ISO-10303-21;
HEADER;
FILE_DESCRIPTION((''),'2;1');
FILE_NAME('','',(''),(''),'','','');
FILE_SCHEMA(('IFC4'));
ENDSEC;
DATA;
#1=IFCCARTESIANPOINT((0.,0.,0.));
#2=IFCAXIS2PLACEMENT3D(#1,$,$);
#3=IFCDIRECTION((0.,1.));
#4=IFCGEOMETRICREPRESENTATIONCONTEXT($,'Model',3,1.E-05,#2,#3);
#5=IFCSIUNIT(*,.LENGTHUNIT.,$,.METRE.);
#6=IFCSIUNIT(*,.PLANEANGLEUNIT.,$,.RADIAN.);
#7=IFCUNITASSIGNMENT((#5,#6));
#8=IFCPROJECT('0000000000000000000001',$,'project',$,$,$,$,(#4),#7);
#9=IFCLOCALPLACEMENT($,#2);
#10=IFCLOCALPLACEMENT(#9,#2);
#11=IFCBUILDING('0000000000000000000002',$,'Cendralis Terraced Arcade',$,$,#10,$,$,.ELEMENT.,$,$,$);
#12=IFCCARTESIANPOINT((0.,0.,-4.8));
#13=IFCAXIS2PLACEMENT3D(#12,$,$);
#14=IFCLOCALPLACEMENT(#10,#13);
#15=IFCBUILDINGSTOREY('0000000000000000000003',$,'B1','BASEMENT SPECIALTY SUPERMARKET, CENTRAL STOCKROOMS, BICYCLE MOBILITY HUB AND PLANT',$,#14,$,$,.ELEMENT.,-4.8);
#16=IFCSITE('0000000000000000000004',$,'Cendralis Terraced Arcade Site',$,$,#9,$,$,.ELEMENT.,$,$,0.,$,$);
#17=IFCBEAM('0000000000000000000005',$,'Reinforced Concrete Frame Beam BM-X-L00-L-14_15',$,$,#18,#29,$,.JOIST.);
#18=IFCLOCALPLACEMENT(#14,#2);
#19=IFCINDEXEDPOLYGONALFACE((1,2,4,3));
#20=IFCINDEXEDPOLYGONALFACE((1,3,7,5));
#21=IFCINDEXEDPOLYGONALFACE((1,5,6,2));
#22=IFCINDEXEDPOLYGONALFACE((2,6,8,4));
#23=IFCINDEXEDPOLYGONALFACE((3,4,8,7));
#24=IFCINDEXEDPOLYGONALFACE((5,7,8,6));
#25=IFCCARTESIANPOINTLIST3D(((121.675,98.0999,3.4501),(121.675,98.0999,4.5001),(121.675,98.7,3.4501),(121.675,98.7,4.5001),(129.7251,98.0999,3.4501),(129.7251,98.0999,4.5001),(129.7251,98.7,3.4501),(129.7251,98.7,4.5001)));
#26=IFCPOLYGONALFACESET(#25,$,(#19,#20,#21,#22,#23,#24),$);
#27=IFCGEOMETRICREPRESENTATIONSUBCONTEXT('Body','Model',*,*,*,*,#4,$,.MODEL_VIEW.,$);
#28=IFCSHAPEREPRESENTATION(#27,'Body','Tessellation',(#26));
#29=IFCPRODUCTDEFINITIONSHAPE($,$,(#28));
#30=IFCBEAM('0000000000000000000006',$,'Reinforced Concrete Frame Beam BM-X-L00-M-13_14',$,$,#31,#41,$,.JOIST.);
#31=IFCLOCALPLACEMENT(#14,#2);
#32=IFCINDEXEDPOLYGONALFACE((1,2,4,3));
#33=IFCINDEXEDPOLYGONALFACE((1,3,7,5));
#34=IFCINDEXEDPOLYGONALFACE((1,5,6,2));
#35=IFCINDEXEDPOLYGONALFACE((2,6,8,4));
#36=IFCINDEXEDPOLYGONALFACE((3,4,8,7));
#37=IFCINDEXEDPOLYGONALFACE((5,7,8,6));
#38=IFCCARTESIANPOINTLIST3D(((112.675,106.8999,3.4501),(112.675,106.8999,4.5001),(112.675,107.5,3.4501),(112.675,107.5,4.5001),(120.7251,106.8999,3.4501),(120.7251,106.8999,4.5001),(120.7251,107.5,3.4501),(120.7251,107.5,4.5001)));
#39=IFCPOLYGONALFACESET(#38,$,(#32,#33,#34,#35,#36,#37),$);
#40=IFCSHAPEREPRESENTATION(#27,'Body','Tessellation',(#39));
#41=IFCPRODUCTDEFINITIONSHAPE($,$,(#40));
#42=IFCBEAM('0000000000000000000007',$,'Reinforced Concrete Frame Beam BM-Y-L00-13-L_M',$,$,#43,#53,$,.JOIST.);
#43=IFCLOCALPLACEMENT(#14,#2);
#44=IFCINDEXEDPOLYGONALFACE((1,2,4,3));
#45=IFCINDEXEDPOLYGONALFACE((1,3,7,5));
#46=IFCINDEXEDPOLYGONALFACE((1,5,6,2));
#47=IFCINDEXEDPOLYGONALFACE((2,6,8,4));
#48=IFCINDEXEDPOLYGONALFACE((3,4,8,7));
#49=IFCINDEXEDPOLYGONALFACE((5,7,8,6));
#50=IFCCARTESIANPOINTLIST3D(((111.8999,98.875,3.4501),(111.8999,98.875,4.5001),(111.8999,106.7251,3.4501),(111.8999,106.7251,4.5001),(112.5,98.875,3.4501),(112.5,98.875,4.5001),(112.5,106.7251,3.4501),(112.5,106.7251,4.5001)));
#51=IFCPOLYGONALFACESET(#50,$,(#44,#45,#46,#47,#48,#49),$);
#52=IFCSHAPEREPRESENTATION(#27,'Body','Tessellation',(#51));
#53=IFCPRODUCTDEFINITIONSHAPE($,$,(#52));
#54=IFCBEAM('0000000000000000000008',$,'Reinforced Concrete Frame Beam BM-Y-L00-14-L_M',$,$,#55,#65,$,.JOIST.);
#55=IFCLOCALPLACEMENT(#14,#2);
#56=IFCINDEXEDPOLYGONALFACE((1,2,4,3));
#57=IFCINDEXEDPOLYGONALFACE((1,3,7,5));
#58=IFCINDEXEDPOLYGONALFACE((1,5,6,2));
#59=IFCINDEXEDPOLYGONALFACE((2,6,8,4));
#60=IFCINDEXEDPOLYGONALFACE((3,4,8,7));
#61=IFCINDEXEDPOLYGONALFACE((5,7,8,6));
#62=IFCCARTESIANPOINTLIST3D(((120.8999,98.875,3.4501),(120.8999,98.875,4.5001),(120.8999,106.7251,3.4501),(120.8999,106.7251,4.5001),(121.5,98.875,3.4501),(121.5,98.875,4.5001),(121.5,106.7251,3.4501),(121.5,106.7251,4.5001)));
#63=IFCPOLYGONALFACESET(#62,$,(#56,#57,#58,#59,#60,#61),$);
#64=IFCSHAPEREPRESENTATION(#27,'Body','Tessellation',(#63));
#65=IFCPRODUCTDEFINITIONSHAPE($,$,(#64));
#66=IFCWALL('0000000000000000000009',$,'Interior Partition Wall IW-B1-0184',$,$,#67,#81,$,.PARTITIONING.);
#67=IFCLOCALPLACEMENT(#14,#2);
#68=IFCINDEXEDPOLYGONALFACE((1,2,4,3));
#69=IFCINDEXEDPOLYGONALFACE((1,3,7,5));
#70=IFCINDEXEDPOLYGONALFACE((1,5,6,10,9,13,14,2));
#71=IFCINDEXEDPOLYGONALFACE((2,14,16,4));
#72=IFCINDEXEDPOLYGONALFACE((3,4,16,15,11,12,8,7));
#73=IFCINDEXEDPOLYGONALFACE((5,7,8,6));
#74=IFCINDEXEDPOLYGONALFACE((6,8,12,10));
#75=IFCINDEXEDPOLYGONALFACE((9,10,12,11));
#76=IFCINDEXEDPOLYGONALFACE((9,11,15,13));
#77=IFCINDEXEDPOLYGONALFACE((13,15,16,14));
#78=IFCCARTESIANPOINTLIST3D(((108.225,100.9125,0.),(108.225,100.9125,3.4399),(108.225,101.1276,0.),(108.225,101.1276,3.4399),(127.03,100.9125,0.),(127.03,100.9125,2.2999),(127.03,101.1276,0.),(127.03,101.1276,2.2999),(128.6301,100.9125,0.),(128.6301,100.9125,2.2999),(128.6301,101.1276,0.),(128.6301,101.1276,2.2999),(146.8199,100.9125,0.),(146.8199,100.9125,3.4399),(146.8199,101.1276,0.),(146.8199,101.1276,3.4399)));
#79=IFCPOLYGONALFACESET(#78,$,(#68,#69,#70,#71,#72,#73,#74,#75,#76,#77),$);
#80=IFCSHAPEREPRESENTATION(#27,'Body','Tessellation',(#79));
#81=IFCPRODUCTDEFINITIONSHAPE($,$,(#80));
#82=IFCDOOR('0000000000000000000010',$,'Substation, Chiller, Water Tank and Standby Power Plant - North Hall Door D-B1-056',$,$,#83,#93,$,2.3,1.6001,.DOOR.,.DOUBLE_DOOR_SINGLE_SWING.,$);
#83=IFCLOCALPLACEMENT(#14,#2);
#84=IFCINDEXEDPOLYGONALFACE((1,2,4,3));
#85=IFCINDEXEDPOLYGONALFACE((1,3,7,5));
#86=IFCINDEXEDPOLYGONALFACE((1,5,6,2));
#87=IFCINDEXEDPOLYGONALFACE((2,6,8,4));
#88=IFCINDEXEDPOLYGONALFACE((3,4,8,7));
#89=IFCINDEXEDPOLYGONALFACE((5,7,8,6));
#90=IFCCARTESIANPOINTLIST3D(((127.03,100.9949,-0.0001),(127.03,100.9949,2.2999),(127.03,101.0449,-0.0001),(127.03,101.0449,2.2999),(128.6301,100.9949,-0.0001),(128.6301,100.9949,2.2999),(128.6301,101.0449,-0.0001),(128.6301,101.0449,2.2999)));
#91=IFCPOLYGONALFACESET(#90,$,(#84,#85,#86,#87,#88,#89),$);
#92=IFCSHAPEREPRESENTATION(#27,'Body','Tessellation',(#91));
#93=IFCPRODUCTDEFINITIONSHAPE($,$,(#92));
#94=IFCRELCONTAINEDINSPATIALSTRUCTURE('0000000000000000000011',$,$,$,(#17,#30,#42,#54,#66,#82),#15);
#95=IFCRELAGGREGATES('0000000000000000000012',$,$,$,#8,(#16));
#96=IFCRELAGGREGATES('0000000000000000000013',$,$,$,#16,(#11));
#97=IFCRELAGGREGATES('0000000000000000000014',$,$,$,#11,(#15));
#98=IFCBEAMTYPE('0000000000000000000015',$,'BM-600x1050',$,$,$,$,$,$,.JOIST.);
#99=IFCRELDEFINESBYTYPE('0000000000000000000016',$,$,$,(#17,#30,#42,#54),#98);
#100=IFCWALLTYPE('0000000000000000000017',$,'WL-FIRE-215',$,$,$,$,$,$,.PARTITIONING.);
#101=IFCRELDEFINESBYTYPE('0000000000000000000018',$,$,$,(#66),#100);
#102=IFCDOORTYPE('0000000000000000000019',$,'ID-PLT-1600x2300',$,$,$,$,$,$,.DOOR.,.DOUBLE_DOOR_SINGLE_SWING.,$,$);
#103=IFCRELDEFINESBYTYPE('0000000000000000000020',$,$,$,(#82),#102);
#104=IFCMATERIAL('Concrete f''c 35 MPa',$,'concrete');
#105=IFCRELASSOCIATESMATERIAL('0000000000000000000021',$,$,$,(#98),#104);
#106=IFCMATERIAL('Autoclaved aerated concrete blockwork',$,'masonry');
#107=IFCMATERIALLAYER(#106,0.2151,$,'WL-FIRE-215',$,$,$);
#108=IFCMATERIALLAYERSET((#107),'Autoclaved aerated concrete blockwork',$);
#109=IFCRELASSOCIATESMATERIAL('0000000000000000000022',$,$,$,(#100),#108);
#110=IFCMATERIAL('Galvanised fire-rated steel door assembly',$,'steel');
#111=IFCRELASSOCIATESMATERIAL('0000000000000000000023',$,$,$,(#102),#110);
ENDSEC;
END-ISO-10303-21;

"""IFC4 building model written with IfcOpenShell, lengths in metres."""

from ifc_helpers import new_model, si_unit, direction, frame, frame_2d, origin, origin_2d, place, context, subcontext, project, spatial, rectangle, extrude, material, layer, layer_set, material_profile, profile_set, type_object, element, fill, save


model = new_model("IFC4")

# Units and contexts
model_context = context("Model", 3, precision=1e-05, world=origin(), true_north=direction((0.0, 1.0)))
body_context = subcontext(model_context, "Body", "Model", "MODEL_VIEW")
ifc_project = project(units=[si_unit("LENGTHUNIT", "METRE"), si_unit("PLANEANGLEUNIT", "RADIAN")], contexts=[model_context])

# Site, building, storey
site_placement = place(None, origin())
site = spatial("IfcSite", under=ifc_project, at=site_placement, Name="Cendralis Terraced Arcade Site", CompositionType="ELEMENT", RefElevation=0.0)
building_placement = place(site_placement, origin())
building = spatial("IfcBuilding", under=site, at=building_placement, Name="Cendralis Terraced Arcade", CompositionType="ELEMENT")
storey_placement = place(building_placement, frame((0.0, 0.0, -4.8)))
storey = spatial("IfcBuildingStorey", under=building, at=storey_placement, Name="B1", Description="BASEMENT SPECIALTY SUPERMARKET, CENTRAL STOCKROOMS, BICYCLE MOBILITY HUB AND PLANT", CompositionType="ELEMENT", Elevation=-4.8)

# Shared definitions
ifc_material_1 = material(Name="Concrete f'c 35 MPa", Category="concrete")

# Beams
ifc_material_profile_1 = material_profile(ifc_material_1, rectangle(XDim=0.6001, YDim=1.05, at=origin_2d()), Name="RC-BM-600x1050", Category="LoadBearing")
ifc_profile_set_1 = profile_set([ifc_material_profile_1], Name="Concrete f'c 35 MPa")
beam_type = type_object("IfcBeamType", Name="BM-600x1050", PredefinedType="JOIST", material=ifc_profile_set_1)
for number, where, z_axis, x_axis, name in (
    (1, (121.675, 98.3999, 3.9751), (1.0, 0.0, 0.0), (0.0, 1.0, 0.0), "Reinforced Concrete Frame Beam BM-X-L00-L-14_15"),
    (2, (112.675, 107.2, 3.9751), (1.0, 0.0, 0.0), (0.0, 1.0, 0.0), "Reinforced Concrete Frame Beam BM-X-L00-M-13_14"),
):
    element("IfcBeam", number, at=place(storey_placement, frame(where, z_axis=z_axis, x_axis=x_axis)), inside=storey, type_object=beam_type, Name=name, PredefinedType="JOIST", context=body_context, shape_type="SweptSolid", body=[
        extrude(rectangle(XDim=0.6001, YDim=1.05, at=origin_2d()), origin(), (0.0, 0.0, 1.0), 8.05),
    ])
for number, where, z_axis, x_axis, name in (
    (3, (112.2, 98.875, 3.9751), (0.0, 1.0, 0.0), (-1.0, 0.0, 0.0), "Reinforced Concrete Frame Beam BM-Y-L00-13-L_M"),
    (4, (121.2, 98.875, 3.9751), (0.0, 1.0, 0.0), (-1.0, 0.0, 0.0), "Reinforced Concrete Frame Beam BM-Y-L00-14-L_M"),
):
    element("IfcBeam", number, at=place(storey_placement, frame(where, z_axis=z_axis, x_axis=x_axis)), inside=storey, type_object=beam_type, Name=name, PredefinedType="JOIST", context=body_context, shape_type="SweptSolid", body=[
        extrude(rectangle(XDim=0.6001, YDim=1.05, at=origin_2d()), origin(), (0.0, 0.0, 1.0), 7.8501),
    ])

# Wall, opening, door
ifc_material_2 = material(Name="Autoclaved aerated concrete blockwork", Category="masonry")
ifc_layer = layer(ifc_material_2, 0.2151, Name="WL-FIRE-215")
ifc_layer_set = layer_set([ifc_layer], Name="Autoclaved aerated concrete blockwork")
wall_type = type_object("IfcWallType", Name="WL-FIRE-215", PredefinedType="PARTITIONING", material=ifc_layer_set)
wall_placement = place(storey_placement, frame((108.2251, 101.02, 0.0), z_axis=(0.0, 0.0, 1.0), x_axis=(1.0, 0.0, 0.0)))
wall = element("IfcWall", 5, at=wall_placement, inside=storey, type_object=wall_type, Name="Interior Partition Wall IW-B1-0184", PredefinedType="PARTITIONING", context=body_context, shape_type="SweptSolid", body=[
    extrude(rectangle(XDim=38.595, YDim=0.2151, at=frame_2d((19.2974, 0.0))), origin(), (0.0, 0.0, 1.0), 3.4399),
])
opening_placement = place(wall_placement, frame((18.8049, 0.0, 0.0)))
opening = element("IfcOpeningElement", 6, at=opening_placement, cuts=wall, PredefinedType="OPENING", context=body_context, shape_type="SweptSolid", body=[
    extrude(rectangle(XDim=1.6001, YDim=2.3, at=frame_2d((0.8, 1.1499))), frame((0.0, 0.1196, 0.0), z_axis=(0.0, -1.0, 0.0), x_axis=(1.0, 0.0, 0.0)), (0.0, 0.0, 1.0), 0.239),
])
ifc_material_3 = material(Name="Galvanised fire-rated steel door assembly", Category="steel")
door_type = type_object("IfcDoorType", Name="ID-PLT-1600x2300", OperationType="DOUBLE_DOOR_SINGLE_SWING", PredefinedType="DOOR", material=ifc_material_3)
door_placement = place(opening_placement, origin())
door = element("IfcDoor", 7, at=door_placement, inside=storey, type_object=door_type, Name="Substation, Chiller, Water Tank and Standby Power Plant - North Hall Door D-B1-056", OperationType="DOUBLE_DOOR_SINGLE_SWING", OverallHeight=2.3, OverallWidth=1.6001, PredefinedType="DOOR", context=body_context, shape_type="SweptSolid", body=[
    extrude(rectangle(XDim=1.6001, YDim=2.3, at=frame_2d((0.8, 1.1499))), frame((0.0, 0.0249, 0.0), z_axis=(0.0, -1.0, 0.0), x_axis=(1.0, 0.0, 0.0)), (0.0, 0.0, 1.0), 0.05),
])
fill(opening, door)

save(model, "model.ifc")
